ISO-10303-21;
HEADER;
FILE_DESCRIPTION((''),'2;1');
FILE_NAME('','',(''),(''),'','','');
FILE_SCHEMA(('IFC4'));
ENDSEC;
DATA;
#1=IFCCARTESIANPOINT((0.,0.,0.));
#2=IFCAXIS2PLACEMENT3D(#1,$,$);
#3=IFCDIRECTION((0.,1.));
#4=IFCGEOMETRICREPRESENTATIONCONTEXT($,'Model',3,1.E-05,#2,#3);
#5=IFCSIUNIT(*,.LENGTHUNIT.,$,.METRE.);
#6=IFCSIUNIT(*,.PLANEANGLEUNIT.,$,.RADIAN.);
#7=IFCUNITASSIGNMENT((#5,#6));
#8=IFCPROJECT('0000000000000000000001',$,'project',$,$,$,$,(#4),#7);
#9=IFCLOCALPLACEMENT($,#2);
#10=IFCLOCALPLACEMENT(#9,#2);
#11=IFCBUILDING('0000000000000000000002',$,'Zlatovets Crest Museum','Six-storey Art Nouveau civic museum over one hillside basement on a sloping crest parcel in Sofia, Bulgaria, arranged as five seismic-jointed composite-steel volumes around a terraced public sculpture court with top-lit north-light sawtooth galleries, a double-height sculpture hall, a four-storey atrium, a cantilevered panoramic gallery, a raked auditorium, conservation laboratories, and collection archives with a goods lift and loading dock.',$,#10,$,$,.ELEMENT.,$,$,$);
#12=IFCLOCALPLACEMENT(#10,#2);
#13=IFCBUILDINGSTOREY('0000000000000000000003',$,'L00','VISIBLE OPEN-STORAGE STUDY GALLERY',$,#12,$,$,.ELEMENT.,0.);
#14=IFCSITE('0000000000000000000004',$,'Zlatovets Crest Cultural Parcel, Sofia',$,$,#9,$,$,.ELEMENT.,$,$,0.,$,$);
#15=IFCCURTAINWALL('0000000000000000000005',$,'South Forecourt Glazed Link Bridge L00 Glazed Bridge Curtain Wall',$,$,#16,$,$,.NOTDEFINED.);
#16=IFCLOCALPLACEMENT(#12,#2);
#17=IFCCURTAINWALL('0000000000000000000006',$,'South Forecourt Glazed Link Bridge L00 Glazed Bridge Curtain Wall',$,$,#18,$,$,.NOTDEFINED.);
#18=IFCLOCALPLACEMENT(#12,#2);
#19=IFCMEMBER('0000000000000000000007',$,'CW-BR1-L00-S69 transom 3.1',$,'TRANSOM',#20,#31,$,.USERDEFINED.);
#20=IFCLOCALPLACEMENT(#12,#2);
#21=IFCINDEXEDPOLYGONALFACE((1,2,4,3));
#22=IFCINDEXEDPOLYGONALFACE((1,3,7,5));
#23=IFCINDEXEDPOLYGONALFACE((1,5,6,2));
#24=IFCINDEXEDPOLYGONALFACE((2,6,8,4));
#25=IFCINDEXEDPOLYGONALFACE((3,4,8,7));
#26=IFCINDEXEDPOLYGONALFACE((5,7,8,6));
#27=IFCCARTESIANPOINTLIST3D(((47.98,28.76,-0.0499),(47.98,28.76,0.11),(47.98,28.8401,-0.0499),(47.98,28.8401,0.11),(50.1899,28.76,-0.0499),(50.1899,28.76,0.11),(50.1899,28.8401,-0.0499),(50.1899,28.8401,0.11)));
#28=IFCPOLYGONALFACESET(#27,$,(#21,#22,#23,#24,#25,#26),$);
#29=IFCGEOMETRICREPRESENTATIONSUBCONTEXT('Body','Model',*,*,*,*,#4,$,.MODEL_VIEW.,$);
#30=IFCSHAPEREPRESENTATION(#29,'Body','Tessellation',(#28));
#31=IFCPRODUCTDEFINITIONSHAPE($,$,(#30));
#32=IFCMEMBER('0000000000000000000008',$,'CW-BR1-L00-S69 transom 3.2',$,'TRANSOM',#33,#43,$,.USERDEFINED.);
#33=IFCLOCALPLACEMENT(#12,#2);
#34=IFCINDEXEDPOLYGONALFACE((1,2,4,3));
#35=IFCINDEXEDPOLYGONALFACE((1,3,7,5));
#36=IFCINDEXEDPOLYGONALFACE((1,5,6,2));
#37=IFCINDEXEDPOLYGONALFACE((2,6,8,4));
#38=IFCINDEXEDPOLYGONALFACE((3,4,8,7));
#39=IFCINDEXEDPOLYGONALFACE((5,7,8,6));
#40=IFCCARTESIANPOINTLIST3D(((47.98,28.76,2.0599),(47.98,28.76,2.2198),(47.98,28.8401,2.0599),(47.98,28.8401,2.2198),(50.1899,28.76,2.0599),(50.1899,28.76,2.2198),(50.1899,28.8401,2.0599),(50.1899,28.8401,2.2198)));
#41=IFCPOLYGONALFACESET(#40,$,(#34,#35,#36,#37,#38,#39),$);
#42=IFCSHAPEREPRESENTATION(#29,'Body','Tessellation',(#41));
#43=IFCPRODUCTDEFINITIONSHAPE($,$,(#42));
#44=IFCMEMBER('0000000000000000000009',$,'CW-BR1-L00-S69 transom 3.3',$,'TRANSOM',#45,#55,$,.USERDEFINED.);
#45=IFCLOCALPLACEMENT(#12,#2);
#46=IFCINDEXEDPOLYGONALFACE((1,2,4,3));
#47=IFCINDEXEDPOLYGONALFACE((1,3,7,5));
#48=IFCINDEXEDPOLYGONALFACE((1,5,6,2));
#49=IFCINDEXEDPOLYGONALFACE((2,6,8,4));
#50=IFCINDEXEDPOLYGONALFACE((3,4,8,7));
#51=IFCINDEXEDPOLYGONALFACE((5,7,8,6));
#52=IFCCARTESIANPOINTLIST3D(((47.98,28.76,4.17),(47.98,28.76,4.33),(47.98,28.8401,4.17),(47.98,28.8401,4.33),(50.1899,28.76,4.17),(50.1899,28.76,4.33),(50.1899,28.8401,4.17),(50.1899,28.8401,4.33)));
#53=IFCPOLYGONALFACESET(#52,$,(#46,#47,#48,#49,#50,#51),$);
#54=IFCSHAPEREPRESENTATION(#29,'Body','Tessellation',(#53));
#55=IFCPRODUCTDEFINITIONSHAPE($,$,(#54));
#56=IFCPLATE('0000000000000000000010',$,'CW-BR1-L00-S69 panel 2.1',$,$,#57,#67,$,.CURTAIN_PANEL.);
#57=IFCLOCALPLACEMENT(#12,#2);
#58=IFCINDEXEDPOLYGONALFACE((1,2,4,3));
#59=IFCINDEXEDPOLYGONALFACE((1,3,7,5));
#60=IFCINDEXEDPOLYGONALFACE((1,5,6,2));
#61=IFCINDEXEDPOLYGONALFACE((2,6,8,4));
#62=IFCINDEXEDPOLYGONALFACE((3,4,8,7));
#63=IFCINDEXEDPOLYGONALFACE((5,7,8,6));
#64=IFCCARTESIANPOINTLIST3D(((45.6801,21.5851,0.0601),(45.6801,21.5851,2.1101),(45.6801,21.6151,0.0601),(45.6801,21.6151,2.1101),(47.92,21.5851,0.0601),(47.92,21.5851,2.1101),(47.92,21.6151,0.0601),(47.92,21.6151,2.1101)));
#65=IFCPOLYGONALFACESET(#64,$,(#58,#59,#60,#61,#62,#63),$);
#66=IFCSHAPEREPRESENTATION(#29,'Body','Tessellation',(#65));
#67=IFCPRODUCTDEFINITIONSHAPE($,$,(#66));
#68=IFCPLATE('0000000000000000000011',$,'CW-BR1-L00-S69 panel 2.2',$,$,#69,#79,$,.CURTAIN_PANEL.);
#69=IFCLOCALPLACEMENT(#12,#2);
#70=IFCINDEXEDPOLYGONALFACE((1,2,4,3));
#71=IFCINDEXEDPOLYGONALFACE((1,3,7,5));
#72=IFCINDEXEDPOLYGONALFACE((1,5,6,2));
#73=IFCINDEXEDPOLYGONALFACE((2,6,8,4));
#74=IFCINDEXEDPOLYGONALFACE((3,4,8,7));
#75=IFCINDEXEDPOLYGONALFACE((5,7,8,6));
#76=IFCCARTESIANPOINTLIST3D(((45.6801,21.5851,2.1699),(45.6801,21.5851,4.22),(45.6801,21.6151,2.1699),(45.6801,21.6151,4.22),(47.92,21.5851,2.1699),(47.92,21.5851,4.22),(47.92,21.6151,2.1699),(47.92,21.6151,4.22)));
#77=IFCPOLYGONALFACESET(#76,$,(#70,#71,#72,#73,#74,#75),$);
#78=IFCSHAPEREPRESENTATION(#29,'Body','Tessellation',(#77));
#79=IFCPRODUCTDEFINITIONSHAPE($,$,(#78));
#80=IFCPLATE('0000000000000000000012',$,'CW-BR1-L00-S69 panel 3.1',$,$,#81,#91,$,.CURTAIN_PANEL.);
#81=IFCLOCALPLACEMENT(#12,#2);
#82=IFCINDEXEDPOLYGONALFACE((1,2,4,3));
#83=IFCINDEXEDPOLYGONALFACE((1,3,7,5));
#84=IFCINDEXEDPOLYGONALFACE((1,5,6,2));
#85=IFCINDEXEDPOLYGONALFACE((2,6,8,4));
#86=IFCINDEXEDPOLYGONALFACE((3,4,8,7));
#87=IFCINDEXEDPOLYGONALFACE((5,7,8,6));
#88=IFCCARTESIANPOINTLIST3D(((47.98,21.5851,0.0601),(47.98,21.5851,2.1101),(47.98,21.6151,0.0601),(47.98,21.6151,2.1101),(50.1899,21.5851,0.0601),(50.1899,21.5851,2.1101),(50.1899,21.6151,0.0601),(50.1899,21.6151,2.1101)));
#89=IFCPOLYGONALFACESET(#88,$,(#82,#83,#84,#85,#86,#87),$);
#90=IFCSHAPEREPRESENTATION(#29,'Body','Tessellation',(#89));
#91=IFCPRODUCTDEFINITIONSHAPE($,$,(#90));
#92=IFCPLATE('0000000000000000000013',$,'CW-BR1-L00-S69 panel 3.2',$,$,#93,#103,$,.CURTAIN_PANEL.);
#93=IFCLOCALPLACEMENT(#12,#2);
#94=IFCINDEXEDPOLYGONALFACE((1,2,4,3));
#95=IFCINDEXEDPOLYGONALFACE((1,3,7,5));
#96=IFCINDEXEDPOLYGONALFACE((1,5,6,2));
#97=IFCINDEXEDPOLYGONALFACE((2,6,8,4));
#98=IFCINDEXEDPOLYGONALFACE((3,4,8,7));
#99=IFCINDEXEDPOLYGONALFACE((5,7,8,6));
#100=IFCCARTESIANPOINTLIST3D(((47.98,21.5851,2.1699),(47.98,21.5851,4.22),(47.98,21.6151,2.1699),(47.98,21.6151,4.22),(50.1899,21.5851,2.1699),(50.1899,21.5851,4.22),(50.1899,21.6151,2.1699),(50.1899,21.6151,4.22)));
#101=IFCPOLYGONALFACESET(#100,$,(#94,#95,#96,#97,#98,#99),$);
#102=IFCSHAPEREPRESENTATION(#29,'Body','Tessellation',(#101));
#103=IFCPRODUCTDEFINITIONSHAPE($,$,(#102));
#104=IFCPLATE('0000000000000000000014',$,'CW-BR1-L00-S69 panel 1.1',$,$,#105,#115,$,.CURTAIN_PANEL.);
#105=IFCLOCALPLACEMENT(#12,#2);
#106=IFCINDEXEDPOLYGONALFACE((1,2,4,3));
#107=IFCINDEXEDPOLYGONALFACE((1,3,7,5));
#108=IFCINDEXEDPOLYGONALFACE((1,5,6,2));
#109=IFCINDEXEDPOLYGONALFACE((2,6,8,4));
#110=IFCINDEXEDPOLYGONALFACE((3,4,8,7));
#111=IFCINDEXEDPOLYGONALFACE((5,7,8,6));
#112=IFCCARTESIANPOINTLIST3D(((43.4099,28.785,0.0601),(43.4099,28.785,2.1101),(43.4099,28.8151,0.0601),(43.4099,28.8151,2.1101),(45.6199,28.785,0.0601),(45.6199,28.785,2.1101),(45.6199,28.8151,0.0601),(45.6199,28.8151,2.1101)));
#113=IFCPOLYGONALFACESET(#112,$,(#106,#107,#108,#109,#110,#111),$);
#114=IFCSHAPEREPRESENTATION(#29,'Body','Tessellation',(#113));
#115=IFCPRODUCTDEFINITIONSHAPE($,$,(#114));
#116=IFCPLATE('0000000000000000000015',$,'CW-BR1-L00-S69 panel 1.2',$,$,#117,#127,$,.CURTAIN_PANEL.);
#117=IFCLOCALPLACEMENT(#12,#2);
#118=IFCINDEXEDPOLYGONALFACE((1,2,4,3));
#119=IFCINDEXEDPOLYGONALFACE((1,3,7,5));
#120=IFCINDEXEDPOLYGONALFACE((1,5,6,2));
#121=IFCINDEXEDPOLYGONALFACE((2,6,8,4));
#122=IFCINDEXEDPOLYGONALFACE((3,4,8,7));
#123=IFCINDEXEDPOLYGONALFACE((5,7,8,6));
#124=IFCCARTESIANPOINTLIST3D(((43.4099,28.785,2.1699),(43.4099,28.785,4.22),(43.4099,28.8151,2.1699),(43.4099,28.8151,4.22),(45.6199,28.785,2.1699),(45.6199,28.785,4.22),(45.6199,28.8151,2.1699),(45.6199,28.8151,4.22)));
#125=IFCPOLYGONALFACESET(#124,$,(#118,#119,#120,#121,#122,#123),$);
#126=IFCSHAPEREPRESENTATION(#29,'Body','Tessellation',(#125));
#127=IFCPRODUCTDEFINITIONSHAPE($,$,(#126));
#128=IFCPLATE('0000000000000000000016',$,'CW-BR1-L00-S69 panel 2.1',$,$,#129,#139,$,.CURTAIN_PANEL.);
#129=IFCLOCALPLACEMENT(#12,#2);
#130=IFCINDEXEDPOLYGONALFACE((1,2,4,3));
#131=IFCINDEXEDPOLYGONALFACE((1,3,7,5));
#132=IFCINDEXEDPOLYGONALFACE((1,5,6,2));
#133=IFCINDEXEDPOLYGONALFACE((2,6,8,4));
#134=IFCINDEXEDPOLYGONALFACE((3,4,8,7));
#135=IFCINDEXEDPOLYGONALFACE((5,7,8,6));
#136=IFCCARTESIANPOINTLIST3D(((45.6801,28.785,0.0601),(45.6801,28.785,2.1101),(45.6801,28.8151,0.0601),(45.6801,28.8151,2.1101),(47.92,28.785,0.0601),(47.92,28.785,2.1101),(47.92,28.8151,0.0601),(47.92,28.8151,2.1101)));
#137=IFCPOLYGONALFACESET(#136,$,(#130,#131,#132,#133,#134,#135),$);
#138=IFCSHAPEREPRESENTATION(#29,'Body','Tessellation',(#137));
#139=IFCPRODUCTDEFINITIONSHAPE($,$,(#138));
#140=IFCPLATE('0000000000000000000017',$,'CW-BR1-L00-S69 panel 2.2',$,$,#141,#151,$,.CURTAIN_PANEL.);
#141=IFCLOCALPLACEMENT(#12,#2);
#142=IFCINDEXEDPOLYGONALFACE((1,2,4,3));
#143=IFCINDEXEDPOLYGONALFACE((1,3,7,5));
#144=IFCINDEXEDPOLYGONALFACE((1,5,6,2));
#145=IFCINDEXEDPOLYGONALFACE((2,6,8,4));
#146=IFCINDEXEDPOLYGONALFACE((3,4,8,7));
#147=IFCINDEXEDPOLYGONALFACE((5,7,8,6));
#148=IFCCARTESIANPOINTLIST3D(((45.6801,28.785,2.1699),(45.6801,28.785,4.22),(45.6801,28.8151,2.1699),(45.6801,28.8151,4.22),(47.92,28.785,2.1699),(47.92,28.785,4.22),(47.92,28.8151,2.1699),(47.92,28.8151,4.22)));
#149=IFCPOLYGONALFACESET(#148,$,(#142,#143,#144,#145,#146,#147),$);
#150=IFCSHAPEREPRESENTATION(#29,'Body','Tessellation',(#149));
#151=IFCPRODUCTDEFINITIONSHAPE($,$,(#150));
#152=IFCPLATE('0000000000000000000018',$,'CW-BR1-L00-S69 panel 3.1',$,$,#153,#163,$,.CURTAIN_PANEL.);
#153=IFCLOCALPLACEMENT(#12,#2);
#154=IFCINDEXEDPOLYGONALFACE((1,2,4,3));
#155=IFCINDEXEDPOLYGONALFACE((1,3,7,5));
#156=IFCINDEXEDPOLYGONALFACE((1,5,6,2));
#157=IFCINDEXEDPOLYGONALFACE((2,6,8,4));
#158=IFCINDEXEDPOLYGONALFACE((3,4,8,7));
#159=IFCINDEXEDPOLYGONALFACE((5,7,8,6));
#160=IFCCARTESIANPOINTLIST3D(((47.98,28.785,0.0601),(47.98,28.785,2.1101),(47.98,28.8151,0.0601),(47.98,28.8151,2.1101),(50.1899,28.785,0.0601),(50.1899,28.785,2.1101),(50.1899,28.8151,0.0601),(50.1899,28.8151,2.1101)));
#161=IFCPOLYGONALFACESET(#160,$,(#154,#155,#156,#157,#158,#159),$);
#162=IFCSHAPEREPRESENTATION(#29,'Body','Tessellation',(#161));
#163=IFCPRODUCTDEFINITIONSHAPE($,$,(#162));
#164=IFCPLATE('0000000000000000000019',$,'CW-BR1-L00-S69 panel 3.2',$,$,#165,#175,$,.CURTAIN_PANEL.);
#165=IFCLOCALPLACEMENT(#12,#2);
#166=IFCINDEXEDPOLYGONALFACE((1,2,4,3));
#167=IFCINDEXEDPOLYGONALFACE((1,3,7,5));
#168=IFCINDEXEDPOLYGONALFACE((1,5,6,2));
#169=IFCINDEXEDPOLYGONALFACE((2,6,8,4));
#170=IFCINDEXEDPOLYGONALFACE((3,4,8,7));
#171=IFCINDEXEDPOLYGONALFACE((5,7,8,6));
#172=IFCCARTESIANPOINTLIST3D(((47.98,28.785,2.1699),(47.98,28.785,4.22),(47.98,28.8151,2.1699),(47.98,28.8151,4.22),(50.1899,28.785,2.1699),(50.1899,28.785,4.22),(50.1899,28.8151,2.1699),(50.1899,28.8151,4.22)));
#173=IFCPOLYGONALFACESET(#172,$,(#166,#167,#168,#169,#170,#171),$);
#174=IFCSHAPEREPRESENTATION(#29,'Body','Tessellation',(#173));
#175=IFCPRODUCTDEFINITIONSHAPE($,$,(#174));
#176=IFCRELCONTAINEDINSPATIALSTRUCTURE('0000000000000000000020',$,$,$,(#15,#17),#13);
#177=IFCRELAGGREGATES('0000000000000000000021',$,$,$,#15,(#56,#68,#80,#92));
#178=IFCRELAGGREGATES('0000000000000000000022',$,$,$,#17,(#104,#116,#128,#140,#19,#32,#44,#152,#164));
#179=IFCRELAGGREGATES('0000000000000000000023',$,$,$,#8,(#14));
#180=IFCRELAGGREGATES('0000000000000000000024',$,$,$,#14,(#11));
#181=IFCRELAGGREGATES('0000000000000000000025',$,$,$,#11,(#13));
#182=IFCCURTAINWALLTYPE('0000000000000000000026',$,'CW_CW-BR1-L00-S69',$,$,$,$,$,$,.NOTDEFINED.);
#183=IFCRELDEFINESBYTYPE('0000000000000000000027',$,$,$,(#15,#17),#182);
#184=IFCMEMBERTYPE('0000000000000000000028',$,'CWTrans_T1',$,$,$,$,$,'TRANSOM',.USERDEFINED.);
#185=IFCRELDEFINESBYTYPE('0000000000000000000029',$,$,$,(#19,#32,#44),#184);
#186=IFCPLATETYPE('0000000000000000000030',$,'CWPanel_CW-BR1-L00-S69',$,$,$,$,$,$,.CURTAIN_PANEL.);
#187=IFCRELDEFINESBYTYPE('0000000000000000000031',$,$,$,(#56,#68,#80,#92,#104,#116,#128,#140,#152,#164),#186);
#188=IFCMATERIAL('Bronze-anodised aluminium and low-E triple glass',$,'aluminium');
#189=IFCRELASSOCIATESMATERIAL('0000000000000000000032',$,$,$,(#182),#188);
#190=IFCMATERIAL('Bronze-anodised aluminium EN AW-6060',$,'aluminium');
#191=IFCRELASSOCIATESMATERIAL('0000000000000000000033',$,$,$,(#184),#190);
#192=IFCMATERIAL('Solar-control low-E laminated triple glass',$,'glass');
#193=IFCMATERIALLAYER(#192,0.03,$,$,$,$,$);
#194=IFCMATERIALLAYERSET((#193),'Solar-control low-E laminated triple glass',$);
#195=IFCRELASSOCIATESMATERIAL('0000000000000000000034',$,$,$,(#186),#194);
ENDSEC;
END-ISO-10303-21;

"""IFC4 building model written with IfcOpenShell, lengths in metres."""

from ifc_helpers import new_model, si_unit, direction, frame, origin, origin_2d, place, context, subcontext, project, spatial, rectangle, extrude, material, layer, layer_set, material_profile, profile_set, type_object, element, aggregate, save


model = new_model("IFC4")

# Units and contexts
model_context = context("Model", 3, precision=1e-05, world=origin(), true_north=direction((0.0, 1.0)))
body_context = subcontext(model_context, "Body", "Model", "MODEL_VIEW")
ifc_project = project(units=[si_unit("LENGTHUNIT", "METRE"), si_unit("PLANEANGLEUNIT", "RADIAN")], contexts=[model_context])

# Site, building, storey
site_placement = place(None, origin())
site = spatial("IfcSite", under=ifc_project, at=site_placement, Name="Zlatovets Crest Cultural Parcel, Sofia", CompositionType="ELEMENT", RefElevation=0.0)
building_placement = place(site_placement, origin())
building = spatial("IfcBuilding", under=site, at=building_placement, Name="Zlatovets Crest Museum", Description="Six-storey Art Nouveau civic museum over one hillside basement on a sloping crest parcel in Sofia, Bulgaria, arranged as five seismic-jointed composite-steel volumes around a terraced public sculpture court with top-lit north-light sawtooth galleries, a double-height sculpture hall, a four-storey atrium, a cantilevered panoramic gallery, a raked auditorium, conservation laboratories, and collection archives with a goods lift and loading dock.", CompositionType="ELEMENT")
storey_placement = place(building_placement, origin())
storey = spatial("IfcBuildingStorey", under=building, at=storey_placement, Name="L00", Description="VISIBLE OPEN-STORAGE STUDY GALLERY", CompositionType="ELEMENT", Elevation=0.0)

# Curtain walls
ifc_material_1 = material(Name="Bronze-anodised aluminium and low-E triple glass", Category="aluminium")
curtain_wall_type = type_object("IfcCurtainWallType", Name="CW_CW-BR1-L00-S69", PredefinedType="NOTDEFINED", material=ifc_material_1)
curtain_wall_1_placement = place(storey_placement, origin())
curtain_wall_1 = element("IfcCurtainWall", 1, at=curtain_wall_1_placement, inside=storey, type_object=curtain_wall_type, Name="South Forecourt Glazed Link Bridge L00 Glazed Bridge Curtain Wall", PredefinedType="NOTDEFINED")
ifc_material_2 = material(Name="Bronze-anodised aluminium EN AW-6060", Category="aluminium")
curtain_wall_2_placement = place(storey_placement, origin())
curtain_wall_2 = element("IfcCurtainWall", 2, at=curtain_wall_2_placement, inside=storey, type_object=curtain_wall_type, Name="South Forecourt Glazed Link Bridge L00 Glazed Bridge Curtain Wall", PredefinedType="NOTDEFINED")

# Members
ifc_material_profile_1 = material_profile(ifc_material_2, rectangle(XDim=0.0801, YDim=0.1599, at=origin_2d()), Name="ALU 80x160")
ifc_profile_set_1 = profile_set([ifc_material_profile_1], Name="Bronze-anodised aluminium EN AW-6060")
member_type_1 = type_object("IfcMemberType", Name="CWTrans_T1", ElementType="TRANSOM", PredefinedType="USERDEFINED", material=ifc_profile_set_1)
member_1_placement = place(storey_placement, frame((47.98, 28.8, 0.03), z_axis=(1.0, 0.0, 0.0), x_axis=(0.0, 1.0, 0.0)))
member_1 = element("IfcMember", 3, at=member_1_placement, type_object=member_type_1, Name="CW-BR1-L00-S69 transom 3.1", ObjectType="TRANSOM", PredefinedType="USERDEFINED", context=body_context, shape_type="SweptSolid", body=[
    extrude(rectangle(XDim=0.0801, YDim=0.1599, at=origin_2d()), origin(), (0.0, 0.0, 1.0), 2.21),
])
member_2_placement = place(storey_placement, frame((47.98, 28.8, 2.1399), z_axis=(1.0, 0.0, 0.0), x_axis=(0.0, 1.0, 0.0)))
member_2 = element("IfcMember", 4, at=member_2_placement, type_object=member_type_1, Name="CW-BR1-L00-S69 transom 3.2", ObjectType="TRANSOM", PredefinedType="USERDEFINED", context=body_context, shape_type="SweptSolid", body=[
    extrude(rectangle(XDim=0.0801, YDim=0.1599, at=origin_2d()), origin(), (0.0, 0.0, 1.0), 2.21),
])
member_3_placement = place(storey_placement, frame((47.98, 28.8, 4.25), z_axis=(1.0, 0.0, 0.0), x_axis=(0.0, 1.0, 0.0)))
member_3 = element("IfcMember", 5, at=member_3_placement, type_object=member_type_1, Name="CW-BR1-L00-S69 transom 3.3", ObjectType="TRANSOM", PredefinedType="USERDEFINED", context=body_context, shape_type="SweptSolid", body=[
    extrude(rectangle(XDim=0.0801, YDim=0.1599, at=origin_2d()), origin(), (0.0, 0.0, 1.0), 2.21),
])

# Plates
ifc_material_3 = material(Name="Solar-control low-E laminated triple glass", Category="glass")
ifc_layer_1 = layer(ifc_material_3, 0.03)
ifc_layer_set_1 = layer_set([ifc_layer_1], Name="Solar-control low-E laminated triple glass")
plate_type = type_object("IfcPlateType", Name="CWPanel_CW-BR1-L00-S69", PredefinedType="CURTAIN_PANEL", material=ifc_layer_set_1)
plate_1_placement = place(storey_placement, frame((46.8, 21.6001, 0.0601), z_axis=(0.0, 0.0, 1.0), x_axis=(1.0, 0.0, 0.0)))
plate_1 = element("IfcPlate", 6, at=plate_1_placement, type_object=plate_type, Name="CW-BR1-L00-S69 panel 2.1", PredefinedType="CURTAIN_PANEL", context=body_context, shape_type="SweptSolid", body=[
    extrude(rectangle(XDim=2.24, YDim=0.03, at=origin_2d()), origin(), (0.0, 0.0, 1.0), 2.05),
])
plate_2_placement = place(storey_placement, frame((46.8, 21.6001, 2.1699), z_axis=(0.0, 0.0, 1.0), x_axis=(1.0, 0.0, 0.0)))
plate_2 = element("IfcPlate", 7, at=plate_2_placement, type_object=plate_type, Name="CW-BR1-L00-S69 panel 2.2", PredefinedType="CURTAIN_PANEL", context=body_context, shape_type="SweptSolid", body=[
    extrude(rectangle(XDim=2.24, YDim=0.03, at=origin_2d()), origin(), (0.0, 0.0, 1.0), 2.05),
])
plate_3_placement = place(storey_placement, frame((49.085, 21.6001, 0.0601), z_axis=(0.0, 0.0, 1.0), x_axis=(1.0, 0.0, 0.0)))
plate_3 = element("IfcPlate", 8, at=plate_3_placement, type_object=plate_type, Name="CW-BR1-L00-S69 panel 3.1", PredefinedType="CURTAIN_PANEL", context=body_context, shape_type="SweptSolid", body=[
    extrude(rectangle(XDim=2.21, YDim=0.03, at=origin_2d()), origin(), (0.0, 0.0, 1.0), 2.05),
])
plate_4_placement = place(storey_placement, frame((49.085, 21.6001, 2.1699), z_axis=(0.0, 0.0, 1.0), x_axis=(1.0, 0.0, 0.0)))
plate_4 = element("IfcPlate", 9, at=plate_4_placement, type_object=plate_type, Name="CW-BR1-L00-S69 panel 3.2", PredefinedType="CURTAIN_PANEL", context=body_context, shape_type="SweptSolid", body=[
    extrude(rectangle(XDim=2.21, YDim=0.03, at=origin_2d()), origin(), (0.0, 0.0, 1.0), 2.05),
])
aggregate(curtain_wall_1, [plate_1, plate_2, plate_3, plate_4])
plate_5_placement = place(storey_placement, frame((44.5149, 28.8, 0.0601), z_axis=(0.0, 0.0, 1.0), x_axis=(1.0, 0.0, 0.0)))
plate_5 = element("IfcPlate", 10, at=plate_5_placement, type_object=plate_type, Name="CW-BR1-L00-S69 panel 1.1", PredefinedType="CURTAIN_PANEL", context=body_context, shape_type="SweptSolid", body=[
    extrude(rectangle(XDim=2.21, YDim=0.03, at=origin_2d()), origin(), (0.0, 0.0, 1.0), 2.05),
])
plate_6_placement = place(storey_placement, frame((44.5149, 28.8, 2.1699), z_axis=(0.0, 0.0, 1.0), x_axis=(1.0, 0.0, 0.0)))
plate_6 = element("IfcPlate", 11, at=plate_6_placement, type_object=plate_type, Name="CW-BR1-L00-S69 panel 1.2", PredefinedType="CURTAIN_PANEL", context=body_context, shape_type="SweptSolid", body=[
    extrude(rectangle(XDim=2.21, YDim=0.03, at=origin_2d()), origin(), (0.0, 0.0, 1.0), 2.05),
])
plate_7_placement = place(storey_placement, frame((46.8, 28.8, 0.0601), z_axis=(0.0, 0.0, 1.0), x_axis=(1.0, 0.0, 0.0)))
plate_7 = element("IfcPlate", 12, at=plate_7_placement, type_object=plate_type, Name="CW-BR1-L00-S69 panel 2.1", PredefinedType="CURTAIN_PANEL", context=body_context, shape_type="SweptSolid", body=[
    extrude(rectangle(XDim=2.24, YDim=0.03, at=origin_2d()), origin(), (0.0, 0.0, 1.0), 2.05),
])
plate_8_placement = place(storey_placement, frame((46.8, 28.8, 2.1699), z_axis=(0.0, 0.0, 1.0), x_axis=(1.0, 0.0, 0.0)))
plate_8 = element("IfcPlate", 13, at=plate_8_placement, type_object=plate_type, Name="CW-BR1-L00-S69 panel 2.2", PredefinedType="CURTAIN_PANEL", context=body_context, shape_type="SweptSolid", body=[
    extrude(rectangle(XDim=2.24, YDim=0.03, at=origin_2d()), origin(), (0.0, 0.0, 1.0), 2.05),
])
plate_9_placement = place(storey_placement, frame((49.085, 28.8, 0.0601), z_axis=(0.0, 0.0, 1.0), x_axis=(1.0, 0.0, 0.0)))
plate_9 = element("IfcPlate", 14, at=plate_9_placement, type_object=plate_type, Name="CW-BR1-L00-S69 panel 3.1", PredefinedType="CURTAIN_PANEL", context=body_context, shape_type="SweptSolid", body=[
    extrude(rectangle(XDim=2.21, YDim=0.03, at=origin_2d()), origin(), (0.0, 0.0, 1.0), 2.05),
])
plate_10_placement = place(storey_placement, frame((49.085, 28.8, 2.1699), z_axis=(0.0, 0.0, 1.0), x_axis=(1.0, 0.0, 0.0)))
plate_10 = element("IfcPlate", 15, at=plate_10_placement, type_object=plate_type, Name="CW-BR1-L00-S69 panel 3.2", PredefinedType="CURTAIN_PANEL", context=body_context, shape_type="SweptSolid", body=[
    extrude(rectangle(XDim=2.21, YDim=0.03, at=origin_2d()), origin(), (0.0, 0.0, 1.0), 2.05),
])
aggregate(curtain_wall_2, [plate_5, plate_6, plate_7, plate_8, member_1, member_2, member_3, plate_9, plate_10])

save(model, "model.ifc")
